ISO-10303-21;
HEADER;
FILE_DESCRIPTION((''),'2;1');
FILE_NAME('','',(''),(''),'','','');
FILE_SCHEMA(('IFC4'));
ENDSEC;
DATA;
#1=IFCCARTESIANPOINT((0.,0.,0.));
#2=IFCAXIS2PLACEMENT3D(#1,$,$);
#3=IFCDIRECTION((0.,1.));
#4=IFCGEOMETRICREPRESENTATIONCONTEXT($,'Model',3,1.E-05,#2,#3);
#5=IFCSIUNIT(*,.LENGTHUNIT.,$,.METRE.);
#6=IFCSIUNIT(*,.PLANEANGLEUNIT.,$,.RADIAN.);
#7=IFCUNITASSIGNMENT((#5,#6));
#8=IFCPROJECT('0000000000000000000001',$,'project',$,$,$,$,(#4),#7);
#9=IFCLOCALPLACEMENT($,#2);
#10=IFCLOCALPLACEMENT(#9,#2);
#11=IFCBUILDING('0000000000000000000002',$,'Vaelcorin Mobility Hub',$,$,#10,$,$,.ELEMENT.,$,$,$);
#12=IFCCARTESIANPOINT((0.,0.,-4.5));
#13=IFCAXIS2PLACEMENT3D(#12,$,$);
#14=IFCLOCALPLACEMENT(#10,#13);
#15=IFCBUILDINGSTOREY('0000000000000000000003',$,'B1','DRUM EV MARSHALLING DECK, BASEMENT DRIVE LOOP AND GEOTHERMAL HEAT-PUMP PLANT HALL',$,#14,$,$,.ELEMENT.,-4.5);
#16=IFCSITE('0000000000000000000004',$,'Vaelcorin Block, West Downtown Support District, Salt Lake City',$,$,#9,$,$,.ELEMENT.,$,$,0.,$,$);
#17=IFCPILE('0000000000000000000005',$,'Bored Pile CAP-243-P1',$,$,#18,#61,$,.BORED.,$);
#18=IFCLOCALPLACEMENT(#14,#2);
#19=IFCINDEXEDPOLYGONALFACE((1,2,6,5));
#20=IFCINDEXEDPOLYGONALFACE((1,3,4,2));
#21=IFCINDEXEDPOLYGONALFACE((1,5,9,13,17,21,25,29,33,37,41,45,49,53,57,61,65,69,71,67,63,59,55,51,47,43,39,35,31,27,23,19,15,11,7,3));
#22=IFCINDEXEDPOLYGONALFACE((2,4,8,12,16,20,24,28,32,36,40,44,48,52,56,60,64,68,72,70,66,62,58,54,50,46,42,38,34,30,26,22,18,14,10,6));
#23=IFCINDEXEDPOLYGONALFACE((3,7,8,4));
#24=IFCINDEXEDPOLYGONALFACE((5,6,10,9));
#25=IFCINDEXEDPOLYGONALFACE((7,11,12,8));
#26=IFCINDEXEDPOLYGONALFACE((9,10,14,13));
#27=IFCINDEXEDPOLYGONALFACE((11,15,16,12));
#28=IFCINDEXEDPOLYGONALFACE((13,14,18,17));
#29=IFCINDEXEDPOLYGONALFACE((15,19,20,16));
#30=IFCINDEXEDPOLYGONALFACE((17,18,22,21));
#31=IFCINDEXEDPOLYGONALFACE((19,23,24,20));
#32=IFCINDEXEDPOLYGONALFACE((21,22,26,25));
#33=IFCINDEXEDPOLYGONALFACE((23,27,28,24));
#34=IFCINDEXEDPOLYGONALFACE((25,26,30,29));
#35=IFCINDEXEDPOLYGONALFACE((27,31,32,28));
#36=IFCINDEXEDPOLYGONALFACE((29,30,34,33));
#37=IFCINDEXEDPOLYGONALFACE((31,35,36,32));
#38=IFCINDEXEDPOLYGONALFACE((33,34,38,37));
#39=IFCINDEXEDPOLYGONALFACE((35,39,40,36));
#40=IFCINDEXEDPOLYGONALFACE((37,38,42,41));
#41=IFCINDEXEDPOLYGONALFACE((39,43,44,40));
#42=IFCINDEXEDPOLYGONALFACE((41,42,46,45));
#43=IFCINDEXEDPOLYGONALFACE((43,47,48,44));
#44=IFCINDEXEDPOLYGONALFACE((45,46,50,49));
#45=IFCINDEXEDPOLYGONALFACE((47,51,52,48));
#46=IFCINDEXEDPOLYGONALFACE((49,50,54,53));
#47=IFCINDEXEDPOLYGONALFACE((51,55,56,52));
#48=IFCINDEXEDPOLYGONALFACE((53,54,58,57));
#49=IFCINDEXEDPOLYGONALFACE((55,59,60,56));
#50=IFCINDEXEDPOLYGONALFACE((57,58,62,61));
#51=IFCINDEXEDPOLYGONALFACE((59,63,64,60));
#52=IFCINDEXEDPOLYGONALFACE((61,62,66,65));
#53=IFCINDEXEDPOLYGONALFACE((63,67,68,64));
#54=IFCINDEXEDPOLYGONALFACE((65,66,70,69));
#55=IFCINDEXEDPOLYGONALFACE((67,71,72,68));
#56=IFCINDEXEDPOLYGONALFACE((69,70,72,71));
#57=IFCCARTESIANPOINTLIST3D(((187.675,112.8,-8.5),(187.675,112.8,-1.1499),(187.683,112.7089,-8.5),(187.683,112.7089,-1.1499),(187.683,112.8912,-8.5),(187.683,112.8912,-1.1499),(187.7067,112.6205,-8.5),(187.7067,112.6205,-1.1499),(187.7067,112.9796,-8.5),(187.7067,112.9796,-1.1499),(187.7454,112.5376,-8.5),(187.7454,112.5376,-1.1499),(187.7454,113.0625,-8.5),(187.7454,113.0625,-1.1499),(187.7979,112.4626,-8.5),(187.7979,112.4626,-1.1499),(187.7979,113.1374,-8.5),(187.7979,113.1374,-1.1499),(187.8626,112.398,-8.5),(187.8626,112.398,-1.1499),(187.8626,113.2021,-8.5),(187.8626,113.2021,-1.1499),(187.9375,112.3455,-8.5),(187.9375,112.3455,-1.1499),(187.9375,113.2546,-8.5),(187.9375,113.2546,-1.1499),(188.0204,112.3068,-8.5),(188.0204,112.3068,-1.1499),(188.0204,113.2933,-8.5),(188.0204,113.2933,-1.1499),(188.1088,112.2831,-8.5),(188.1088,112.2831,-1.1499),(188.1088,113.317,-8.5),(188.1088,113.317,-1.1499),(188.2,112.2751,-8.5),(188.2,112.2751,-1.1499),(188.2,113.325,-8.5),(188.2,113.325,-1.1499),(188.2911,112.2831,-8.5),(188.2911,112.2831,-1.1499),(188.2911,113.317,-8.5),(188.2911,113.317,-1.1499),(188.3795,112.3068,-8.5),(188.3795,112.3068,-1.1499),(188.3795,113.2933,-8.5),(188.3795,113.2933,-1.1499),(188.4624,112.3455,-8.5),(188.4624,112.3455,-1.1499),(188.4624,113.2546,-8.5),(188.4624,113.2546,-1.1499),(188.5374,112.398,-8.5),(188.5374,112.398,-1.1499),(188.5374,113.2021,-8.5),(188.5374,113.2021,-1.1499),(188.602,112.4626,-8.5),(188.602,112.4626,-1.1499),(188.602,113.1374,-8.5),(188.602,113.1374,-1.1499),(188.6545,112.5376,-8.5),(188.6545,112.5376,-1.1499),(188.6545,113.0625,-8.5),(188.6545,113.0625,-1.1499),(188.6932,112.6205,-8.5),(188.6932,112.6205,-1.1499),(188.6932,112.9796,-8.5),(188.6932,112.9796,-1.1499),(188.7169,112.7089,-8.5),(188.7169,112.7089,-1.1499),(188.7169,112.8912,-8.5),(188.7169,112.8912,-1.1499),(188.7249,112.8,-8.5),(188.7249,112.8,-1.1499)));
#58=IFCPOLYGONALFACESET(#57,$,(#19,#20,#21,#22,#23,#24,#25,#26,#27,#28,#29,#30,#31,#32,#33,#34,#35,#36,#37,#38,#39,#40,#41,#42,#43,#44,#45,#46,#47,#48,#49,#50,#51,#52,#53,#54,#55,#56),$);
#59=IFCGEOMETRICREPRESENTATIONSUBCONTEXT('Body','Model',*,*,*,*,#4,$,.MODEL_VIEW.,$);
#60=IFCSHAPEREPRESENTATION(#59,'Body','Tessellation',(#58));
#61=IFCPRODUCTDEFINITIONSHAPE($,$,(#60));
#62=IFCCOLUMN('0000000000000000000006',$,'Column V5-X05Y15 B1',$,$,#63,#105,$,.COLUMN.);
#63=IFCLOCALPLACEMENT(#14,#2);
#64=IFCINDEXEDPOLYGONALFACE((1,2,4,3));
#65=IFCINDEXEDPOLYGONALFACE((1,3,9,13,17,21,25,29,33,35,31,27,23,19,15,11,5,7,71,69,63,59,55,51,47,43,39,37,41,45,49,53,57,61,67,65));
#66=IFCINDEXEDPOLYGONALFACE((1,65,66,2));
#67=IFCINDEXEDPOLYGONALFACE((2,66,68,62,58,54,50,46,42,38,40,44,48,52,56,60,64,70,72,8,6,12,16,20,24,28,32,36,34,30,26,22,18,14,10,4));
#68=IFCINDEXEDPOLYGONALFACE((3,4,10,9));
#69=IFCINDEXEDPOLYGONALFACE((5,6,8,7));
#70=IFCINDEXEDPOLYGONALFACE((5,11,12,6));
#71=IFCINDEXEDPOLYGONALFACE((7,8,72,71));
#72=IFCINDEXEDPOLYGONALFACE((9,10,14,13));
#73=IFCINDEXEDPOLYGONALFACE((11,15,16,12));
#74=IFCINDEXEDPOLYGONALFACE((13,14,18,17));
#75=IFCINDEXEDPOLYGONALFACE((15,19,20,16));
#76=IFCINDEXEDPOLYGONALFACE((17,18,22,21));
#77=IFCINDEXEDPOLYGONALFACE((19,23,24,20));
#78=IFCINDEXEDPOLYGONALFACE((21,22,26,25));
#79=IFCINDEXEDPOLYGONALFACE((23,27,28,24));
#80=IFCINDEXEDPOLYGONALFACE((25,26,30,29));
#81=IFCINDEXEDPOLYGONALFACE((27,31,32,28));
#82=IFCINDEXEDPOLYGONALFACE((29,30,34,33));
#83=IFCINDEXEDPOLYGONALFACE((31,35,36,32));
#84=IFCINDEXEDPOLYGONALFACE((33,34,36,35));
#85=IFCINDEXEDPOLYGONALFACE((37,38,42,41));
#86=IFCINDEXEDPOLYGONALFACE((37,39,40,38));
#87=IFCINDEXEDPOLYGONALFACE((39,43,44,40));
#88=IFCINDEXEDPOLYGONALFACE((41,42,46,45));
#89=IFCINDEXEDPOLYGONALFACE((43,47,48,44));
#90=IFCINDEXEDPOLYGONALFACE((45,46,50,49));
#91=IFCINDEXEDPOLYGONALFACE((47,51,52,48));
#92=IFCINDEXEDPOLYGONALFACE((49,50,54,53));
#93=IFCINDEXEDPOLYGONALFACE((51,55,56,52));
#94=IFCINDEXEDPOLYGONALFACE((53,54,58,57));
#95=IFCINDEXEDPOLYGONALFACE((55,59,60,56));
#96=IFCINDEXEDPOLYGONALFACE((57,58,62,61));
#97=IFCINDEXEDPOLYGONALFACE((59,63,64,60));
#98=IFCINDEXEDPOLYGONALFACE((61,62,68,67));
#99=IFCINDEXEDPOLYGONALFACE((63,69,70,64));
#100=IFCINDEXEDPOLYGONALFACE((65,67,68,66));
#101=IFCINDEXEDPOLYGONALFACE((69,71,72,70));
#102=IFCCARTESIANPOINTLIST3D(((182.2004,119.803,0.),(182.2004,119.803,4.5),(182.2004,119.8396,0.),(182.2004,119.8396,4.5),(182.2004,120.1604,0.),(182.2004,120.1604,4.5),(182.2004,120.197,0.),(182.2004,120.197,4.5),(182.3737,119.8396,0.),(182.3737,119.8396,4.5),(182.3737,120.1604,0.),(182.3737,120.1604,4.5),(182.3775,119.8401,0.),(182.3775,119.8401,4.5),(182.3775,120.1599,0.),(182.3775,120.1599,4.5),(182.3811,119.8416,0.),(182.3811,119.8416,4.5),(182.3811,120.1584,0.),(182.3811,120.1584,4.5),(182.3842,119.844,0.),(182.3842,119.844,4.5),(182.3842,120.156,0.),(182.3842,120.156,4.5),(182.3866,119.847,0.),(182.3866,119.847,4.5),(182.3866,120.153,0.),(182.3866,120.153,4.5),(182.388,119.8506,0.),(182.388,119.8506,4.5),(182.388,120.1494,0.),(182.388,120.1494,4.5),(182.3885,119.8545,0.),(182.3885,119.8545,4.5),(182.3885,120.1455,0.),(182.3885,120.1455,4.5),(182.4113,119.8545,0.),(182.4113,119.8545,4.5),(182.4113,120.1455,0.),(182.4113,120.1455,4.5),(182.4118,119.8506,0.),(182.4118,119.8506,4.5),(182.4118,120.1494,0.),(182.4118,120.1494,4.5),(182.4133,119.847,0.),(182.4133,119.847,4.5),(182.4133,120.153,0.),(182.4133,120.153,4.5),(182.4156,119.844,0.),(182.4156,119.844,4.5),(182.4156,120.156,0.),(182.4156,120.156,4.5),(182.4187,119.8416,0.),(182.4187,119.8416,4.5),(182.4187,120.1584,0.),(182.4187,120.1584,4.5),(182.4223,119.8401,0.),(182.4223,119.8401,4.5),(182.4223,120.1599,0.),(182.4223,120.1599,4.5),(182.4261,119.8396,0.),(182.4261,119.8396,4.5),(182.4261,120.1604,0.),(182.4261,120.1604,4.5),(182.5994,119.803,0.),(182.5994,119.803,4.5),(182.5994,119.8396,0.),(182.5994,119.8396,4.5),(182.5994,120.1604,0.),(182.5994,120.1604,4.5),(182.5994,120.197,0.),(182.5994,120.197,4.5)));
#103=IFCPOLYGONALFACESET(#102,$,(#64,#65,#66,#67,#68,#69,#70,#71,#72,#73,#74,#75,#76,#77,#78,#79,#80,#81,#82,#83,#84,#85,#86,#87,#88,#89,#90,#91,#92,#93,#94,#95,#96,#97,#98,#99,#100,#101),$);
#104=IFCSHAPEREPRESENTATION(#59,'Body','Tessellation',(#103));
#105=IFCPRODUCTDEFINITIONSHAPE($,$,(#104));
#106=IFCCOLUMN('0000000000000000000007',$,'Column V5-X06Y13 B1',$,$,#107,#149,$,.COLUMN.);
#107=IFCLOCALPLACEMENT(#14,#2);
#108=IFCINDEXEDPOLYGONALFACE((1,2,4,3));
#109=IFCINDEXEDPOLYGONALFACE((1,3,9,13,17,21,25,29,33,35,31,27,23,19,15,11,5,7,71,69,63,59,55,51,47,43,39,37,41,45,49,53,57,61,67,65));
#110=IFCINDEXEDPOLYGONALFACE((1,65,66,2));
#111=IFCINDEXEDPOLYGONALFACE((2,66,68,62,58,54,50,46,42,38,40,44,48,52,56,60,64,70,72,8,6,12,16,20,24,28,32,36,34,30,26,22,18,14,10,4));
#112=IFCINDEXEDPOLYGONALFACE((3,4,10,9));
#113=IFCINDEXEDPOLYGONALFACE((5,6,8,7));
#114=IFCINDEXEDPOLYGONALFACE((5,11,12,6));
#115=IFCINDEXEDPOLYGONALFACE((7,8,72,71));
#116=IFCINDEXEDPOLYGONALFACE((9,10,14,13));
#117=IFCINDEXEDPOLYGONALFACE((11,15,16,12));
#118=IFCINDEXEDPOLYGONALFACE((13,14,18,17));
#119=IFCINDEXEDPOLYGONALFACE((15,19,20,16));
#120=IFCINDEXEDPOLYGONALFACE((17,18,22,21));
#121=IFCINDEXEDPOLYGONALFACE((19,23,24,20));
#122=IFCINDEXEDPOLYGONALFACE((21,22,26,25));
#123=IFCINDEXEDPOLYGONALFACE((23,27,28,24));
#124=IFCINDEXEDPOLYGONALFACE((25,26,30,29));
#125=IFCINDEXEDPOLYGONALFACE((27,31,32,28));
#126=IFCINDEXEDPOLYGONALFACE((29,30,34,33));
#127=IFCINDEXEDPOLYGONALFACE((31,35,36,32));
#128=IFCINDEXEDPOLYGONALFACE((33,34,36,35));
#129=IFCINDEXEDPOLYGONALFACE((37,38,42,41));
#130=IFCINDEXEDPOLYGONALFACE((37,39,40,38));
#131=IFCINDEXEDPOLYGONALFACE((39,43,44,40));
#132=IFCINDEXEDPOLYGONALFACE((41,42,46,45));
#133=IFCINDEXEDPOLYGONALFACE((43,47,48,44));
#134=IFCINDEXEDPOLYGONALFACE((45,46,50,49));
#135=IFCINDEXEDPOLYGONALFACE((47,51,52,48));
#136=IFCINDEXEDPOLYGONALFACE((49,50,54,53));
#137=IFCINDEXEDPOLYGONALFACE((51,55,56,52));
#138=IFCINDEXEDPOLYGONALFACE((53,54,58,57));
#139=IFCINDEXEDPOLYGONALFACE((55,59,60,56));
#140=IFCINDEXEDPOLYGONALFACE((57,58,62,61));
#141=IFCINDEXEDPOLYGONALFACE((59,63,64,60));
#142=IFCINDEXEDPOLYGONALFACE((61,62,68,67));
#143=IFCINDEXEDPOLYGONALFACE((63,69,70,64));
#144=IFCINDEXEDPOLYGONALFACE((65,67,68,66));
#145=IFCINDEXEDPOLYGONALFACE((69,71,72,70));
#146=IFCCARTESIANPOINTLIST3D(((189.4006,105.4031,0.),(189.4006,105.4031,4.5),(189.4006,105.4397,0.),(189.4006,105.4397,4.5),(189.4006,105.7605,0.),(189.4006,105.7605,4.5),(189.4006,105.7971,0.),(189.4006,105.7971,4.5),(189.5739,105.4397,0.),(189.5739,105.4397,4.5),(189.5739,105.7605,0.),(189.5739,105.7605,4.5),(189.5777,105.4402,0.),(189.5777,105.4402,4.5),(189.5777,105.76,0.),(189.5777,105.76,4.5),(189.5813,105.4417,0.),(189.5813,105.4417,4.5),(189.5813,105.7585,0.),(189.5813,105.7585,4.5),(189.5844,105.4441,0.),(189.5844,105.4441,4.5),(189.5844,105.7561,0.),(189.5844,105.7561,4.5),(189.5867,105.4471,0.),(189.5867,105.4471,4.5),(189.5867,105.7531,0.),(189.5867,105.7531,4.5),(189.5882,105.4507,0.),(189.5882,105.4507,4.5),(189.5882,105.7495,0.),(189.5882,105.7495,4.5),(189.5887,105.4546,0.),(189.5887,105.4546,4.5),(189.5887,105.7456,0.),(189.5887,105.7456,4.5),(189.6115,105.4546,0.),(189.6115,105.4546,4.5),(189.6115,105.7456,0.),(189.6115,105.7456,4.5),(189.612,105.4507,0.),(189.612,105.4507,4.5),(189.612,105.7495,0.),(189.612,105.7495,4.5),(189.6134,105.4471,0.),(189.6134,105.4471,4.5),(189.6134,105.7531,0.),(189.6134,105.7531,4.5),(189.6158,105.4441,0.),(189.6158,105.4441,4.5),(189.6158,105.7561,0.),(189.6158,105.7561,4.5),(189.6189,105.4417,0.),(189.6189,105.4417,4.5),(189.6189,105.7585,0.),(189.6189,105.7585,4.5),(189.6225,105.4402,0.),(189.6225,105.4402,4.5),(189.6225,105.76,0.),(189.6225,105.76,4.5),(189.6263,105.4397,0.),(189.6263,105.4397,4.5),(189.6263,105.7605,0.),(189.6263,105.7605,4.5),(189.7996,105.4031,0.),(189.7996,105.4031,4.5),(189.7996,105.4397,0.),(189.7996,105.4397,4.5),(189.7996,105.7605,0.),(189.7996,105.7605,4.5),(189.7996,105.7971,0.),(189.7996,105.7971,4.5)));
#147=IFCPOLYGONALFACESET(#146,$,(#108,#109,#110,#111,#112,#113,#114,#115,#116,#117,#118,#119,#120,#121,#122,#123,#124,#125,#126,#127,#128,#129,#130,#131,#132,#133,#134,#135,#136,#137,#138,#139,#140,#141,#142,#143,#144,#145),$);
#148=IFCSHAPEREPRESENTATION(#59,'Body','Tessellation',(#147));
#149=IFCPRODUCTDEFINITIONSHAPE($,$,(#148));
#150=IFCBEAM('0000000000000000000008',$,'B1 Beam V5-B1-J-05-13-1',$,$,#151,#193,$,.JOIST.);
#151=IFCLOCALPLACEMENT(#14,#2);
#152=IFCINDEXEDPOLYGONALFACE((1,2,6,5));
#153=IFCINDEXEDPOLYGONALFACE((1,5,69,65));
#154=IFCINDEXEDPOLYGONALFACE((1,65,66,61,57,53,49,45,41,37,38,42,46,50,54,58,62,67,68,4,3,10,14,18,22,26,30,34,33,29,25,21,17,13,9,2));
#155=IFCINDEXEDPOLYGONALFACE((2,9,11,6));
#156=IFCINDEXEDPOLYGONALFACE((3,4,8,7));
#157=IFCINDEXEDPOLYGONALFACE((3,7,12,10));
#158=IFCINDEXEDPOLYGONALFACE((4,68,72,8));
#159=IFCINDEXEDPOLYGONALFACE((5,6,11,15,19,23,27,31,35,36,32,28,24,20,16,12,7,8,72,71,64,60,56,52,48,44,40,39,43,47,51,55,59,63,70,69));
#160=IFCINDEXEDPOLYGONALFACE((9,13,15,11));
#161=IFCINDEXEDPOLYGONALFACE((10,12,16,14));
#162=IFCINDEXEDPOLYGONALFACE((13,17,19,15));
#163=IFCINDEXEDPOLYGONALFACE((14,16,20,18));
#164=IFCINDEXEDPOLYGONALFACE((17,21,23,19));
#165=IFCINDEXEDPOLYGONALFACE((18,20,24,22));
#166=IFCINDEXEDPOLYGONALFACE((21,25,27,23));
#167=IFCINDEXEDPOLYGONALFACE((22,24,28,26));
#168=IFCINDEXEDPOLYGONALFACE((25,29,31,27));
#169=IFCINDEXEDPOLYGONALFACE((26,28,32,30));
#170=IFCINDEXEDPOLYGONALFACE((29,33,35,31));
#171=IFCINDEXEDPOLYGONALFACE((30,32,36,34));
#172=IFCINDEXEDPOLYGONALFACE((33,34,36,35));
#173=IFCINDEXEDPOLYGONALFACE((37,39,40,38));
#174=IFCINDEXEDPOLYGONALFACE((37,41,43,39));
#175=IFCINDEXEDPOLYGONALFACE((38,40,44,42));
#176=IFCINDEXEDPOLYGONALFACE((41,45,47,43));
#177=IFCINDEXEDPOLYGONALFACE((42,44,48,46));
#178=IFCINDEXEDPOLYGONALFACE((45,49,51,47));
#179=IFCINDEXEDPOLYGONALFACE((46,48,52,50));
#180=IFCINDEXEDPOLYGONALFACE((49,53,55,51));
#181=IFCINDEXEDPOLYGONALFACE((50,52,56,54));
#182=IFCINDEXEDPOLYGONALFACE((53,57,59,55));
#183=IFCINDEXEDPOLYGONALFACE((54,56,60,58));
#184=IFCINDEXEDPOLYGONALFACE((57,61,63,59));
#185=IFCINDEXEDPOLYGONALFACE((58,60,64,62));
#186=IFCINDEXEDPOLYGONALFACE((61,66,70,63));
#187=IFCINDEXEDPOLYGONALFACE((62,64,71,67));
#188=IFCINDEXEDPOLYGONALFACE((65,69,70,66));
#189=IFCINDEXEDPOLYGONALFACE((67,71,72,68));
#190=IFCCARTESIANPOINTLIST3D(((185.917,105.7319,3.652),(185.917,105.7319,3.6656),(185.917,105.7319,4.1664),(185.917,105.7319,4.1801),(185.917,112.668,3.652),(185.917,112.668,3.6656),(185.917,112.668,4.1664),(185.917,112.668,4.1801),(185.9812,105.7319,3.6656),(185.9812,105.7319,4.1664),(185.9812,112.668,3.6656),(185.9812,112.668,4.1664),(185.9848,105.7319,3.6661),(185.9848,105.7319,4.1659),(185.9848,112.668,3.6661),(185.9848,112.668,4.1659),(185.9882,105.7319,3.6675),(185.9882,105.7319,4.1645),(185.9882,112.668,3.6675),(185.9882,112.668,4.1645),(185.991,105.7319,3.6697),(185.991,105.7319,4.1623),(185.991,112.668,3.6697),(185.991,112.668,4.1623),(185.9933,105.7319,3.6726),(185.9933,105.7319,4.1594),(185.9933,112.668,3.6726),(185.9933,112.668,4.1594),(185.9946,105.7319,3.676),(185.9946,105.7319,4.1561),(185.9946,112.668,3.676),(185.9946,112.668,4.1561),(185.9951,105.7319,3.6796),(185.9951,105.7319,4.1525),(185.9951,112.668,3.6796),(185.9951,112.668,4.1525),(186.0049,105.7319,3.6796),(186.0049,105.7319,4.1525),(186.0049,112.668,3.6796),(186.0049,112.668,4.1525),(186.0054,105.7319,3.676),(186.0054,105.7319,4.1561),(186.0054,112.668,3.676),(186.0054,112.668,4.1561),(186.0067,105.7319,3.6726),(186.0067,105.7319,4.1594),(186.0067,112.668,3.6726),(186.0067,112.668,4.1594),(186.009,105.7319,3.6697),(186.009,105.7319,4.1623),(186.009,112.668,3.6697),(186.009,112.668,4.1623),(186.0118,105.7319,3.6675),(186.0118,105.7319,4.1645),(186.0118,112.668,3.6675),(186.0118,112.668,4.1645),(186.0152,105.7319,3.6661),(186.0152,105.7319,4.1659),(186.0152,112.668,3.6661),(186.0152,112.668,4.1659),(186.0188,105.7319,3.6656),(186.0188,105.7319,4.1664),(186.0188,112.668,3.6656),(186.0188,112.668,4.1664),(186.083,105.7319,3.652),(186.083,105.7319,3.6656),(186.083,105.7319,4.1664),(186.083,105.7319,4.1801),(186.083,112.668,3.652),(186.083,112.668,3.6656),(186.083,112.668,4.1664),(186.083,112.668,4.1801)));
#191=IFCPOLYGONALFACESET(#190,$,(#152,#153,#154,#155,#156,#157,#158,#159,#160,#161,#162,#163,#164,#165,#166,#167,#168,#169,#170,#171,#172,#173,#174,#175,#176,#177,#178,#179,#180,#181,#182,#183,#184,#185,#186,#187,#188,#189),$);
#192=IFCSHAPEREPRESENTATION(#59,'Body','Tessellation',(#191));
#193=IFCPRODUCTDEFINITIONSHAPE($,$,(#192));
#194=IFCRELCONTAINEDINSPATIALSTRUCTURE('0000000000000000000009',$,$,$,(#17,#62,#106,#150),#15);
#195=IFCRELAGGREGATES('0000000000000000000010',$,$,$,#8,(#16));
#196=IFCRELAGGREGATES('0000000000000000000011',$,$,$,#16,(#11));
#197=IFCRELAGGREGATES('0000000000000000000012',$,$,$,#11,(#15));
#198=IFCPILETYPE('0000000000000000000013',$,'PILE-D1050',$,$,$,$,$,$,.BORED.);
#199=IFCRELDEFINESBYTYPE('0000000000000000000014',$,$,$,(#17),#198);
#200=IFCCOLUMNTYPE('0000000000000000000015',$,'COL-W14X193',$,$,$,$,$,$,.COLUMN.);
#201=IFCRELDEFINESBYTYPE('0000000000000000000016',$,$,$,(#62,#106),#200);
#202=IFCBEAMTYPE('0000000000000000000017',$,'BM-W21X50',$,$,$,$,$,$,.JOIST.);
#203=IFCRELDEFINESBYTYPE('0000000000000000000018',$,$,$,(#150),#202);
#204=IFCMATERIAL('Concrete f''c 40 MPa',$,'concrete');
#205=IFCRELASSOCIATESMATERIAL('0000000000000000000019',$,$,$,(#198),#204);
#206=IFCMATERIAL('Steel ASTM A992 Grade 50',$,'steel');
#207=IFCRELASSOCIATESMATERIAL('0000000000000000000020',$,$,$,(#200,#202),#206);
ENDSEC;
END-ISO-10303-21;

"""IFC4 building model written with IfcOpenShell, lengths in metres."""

from ifc_helpers import new_model, si_unit, direction, frame, origin, origin_2d, place, context, subcontext, project, spatial, circle, i_section, extrude, material, material_profile, profile_set, type_object, element, save


model = new_model("IFC4")

# Units and contexts
model_context = context("Model", 3, precision=1e-05, world=origin(), true_north=direction((0.0, 1.0)))
body_context = subcontext(model_context, "Body", "Model", "MODEL_VIEW")
ifc_project = project(units=[si_unit("LENGTHUNIT", "METRE"), si_unit("PLANEANGLEUNIT", "RADIAN")], contexts=[model_context])

# Site, building, storey
site_placement = place(None, origin())
site = spatial("IfcSite", under=ifc_project, at=site_placement, Name="Vaelcorin Block, West Downtown Support District, Salt Lake City", CompositionType="ELEMENT", RefElevation=0.0)
building_placement = place(site_placement, origin())
building = spatial("IfcBuilding", under=site, at=building_placement, Name="Vaelcorin Mobility Hub", CompositionType="ELEMENT")
storey_placement = place(building_placement, frame((0.0, 0.0, -4.5)))
storey = spatial("IfcBuildingStorey", under=building, at=storey_placement, Name="B1", Description="DRUM EV MARSHALLING DECK, BASEMENT DRIVE LOOP AND GEOTHERMAL HEAT-PUMP PLANT HALL", CompositionType="ELEMENT", Elevation=-4.5)

# Shared definitions
ifc_material_1 = material(Name="Concrete f'c 40 MPa", Category="concrete")

# Pile
ifc_material_profile_1 = material_profile(ifc_material_1, circle(Radius=0.5249, at=origin_2d()), Name="BP-D1050")
ifc_profile_set_1 = profile_set([ifc_material_profile_1], Name="Concrete f'c 40 MPa")
pile_type = type_object("IfcPileType", Name="PILE-D1050", PredefinedType="BORED", material=ifc_profile_set_1)
for number, where, z_axis, x_axis, name in (
    (1, (188.2, 112.8, -1.1499), (0.0, 0.0, -1.0), (1.0, 0.0, 0.0), "Bored Pile CAP-243-P1"),
):
    element("IfcPile", number, at=place(storey_placement, frame(where, z_axis=z_axis, x_axis=x_axis)), inside=storey, type_object=pile_type, Name=name, PredefinedType="BORED", context=body_context, shape_type="SweptSolid", body=[
        extrude(circle(Radius=0.5249, at=origin_2d()), origin(), (0.0, 0.0, 1.0), 7.3501),
    ])

# Columns
ifc_material_2 = material(Name="Steel ASTM A992 Grade 50", Category="steel")
ifc_material_profile_2 = material_profile(ifc_material_2, i_section(OverallWidth=0.3989, OverallDepth=0.394, WebThickness=0.0227, FlangeThickness=0.0366, FilletRadius=0.0149, at=origin_2d()), Name="W14X193")
ifc_profile_set_2 = profile_set([ifc_material_profile_2], Name="Steel ASTM A992 Grade 50")
column_type = type_object("IfcColumnType", Name="COL-W14X193", PredefinedType="COLUMN", material=ifc_profile_set_2)
for number, where, z_axis, x_axis, name in (
    (2, (182.3999, 120.0, 0.0), (0.0, 0.0, 1.0), (1.0, 0.0, 0.0), "Column V5-X05Y15 B1"),
    (3, (189.6001, 105.6001, 0.0), (0.0, 0.0, 1.0), (1.0, 0.0, 0.0), "Column V5-X06Y13 B1"),
):
    element("IfcColumn", number, at=place(storey_placement, frame(where, z_axis=z_axis, x_axis=x_axis)), inside=storey, type_object=column_type, Name=name, PredefinedType="COLUMN", context=body_context, shape_type="SweptSolid", body=[
        extrude(i_section(OverallWidth=0.3989, OverallDepth=0.394, WebThickness=0.0227, FlangeThickness=0.0366, FilletRadius=0.0149, at=origin_2d()), origin(), (0.0, 0.0, 1.0), 4.5),
    ])

# Beam
ifc_material_profile_3 = material_profile(ifc_material_2, i_section(OverallWidth=0.166, OverallDepth=0.5281, WebThickness=0.0098, FlangeThickness=0.0137, FilletRadius=0.0139, at=origin_2d()), Name="W21X50")
ifc_profile_set_3 = profile_set([ifc_material_profile_3], Name="Steel ASTM A992 Grade 50")
beam_type_1 = type_object("IfcBeamType", Name="BM-W21X50", PredefinedType="JOIST", material=ifc_profile_set_3)
for number, where, z_axis, x_axis, name in (
    (4, (186.0, 105.7319, 3.916), (0.0, 1.0, 0.0), (-1.0, 0.0, 0.0), "B1 Beam V5-B1-J-05-13-1"),
):
    element("IfcBeam", number, at=place(storey_placement, frame(where, z_axis=z_axis, x_axis=x_axis)), inside=storey, type_object=beam_type_1, Name=name, PredefinedType="JOIST", context=body_context, shape_type="SweptSolid", body=[
        extrude(i_section(OverallWidth=0.166, OverallDepth=0.5281, WebThickness=0.0098, FlangeThickness=0.0137, FilletRadius=0.0139, at=origin_2d()), origin(), (0.0, 0.0, 1.0), 6.936),
    ])

save(model, "model.ifc")
